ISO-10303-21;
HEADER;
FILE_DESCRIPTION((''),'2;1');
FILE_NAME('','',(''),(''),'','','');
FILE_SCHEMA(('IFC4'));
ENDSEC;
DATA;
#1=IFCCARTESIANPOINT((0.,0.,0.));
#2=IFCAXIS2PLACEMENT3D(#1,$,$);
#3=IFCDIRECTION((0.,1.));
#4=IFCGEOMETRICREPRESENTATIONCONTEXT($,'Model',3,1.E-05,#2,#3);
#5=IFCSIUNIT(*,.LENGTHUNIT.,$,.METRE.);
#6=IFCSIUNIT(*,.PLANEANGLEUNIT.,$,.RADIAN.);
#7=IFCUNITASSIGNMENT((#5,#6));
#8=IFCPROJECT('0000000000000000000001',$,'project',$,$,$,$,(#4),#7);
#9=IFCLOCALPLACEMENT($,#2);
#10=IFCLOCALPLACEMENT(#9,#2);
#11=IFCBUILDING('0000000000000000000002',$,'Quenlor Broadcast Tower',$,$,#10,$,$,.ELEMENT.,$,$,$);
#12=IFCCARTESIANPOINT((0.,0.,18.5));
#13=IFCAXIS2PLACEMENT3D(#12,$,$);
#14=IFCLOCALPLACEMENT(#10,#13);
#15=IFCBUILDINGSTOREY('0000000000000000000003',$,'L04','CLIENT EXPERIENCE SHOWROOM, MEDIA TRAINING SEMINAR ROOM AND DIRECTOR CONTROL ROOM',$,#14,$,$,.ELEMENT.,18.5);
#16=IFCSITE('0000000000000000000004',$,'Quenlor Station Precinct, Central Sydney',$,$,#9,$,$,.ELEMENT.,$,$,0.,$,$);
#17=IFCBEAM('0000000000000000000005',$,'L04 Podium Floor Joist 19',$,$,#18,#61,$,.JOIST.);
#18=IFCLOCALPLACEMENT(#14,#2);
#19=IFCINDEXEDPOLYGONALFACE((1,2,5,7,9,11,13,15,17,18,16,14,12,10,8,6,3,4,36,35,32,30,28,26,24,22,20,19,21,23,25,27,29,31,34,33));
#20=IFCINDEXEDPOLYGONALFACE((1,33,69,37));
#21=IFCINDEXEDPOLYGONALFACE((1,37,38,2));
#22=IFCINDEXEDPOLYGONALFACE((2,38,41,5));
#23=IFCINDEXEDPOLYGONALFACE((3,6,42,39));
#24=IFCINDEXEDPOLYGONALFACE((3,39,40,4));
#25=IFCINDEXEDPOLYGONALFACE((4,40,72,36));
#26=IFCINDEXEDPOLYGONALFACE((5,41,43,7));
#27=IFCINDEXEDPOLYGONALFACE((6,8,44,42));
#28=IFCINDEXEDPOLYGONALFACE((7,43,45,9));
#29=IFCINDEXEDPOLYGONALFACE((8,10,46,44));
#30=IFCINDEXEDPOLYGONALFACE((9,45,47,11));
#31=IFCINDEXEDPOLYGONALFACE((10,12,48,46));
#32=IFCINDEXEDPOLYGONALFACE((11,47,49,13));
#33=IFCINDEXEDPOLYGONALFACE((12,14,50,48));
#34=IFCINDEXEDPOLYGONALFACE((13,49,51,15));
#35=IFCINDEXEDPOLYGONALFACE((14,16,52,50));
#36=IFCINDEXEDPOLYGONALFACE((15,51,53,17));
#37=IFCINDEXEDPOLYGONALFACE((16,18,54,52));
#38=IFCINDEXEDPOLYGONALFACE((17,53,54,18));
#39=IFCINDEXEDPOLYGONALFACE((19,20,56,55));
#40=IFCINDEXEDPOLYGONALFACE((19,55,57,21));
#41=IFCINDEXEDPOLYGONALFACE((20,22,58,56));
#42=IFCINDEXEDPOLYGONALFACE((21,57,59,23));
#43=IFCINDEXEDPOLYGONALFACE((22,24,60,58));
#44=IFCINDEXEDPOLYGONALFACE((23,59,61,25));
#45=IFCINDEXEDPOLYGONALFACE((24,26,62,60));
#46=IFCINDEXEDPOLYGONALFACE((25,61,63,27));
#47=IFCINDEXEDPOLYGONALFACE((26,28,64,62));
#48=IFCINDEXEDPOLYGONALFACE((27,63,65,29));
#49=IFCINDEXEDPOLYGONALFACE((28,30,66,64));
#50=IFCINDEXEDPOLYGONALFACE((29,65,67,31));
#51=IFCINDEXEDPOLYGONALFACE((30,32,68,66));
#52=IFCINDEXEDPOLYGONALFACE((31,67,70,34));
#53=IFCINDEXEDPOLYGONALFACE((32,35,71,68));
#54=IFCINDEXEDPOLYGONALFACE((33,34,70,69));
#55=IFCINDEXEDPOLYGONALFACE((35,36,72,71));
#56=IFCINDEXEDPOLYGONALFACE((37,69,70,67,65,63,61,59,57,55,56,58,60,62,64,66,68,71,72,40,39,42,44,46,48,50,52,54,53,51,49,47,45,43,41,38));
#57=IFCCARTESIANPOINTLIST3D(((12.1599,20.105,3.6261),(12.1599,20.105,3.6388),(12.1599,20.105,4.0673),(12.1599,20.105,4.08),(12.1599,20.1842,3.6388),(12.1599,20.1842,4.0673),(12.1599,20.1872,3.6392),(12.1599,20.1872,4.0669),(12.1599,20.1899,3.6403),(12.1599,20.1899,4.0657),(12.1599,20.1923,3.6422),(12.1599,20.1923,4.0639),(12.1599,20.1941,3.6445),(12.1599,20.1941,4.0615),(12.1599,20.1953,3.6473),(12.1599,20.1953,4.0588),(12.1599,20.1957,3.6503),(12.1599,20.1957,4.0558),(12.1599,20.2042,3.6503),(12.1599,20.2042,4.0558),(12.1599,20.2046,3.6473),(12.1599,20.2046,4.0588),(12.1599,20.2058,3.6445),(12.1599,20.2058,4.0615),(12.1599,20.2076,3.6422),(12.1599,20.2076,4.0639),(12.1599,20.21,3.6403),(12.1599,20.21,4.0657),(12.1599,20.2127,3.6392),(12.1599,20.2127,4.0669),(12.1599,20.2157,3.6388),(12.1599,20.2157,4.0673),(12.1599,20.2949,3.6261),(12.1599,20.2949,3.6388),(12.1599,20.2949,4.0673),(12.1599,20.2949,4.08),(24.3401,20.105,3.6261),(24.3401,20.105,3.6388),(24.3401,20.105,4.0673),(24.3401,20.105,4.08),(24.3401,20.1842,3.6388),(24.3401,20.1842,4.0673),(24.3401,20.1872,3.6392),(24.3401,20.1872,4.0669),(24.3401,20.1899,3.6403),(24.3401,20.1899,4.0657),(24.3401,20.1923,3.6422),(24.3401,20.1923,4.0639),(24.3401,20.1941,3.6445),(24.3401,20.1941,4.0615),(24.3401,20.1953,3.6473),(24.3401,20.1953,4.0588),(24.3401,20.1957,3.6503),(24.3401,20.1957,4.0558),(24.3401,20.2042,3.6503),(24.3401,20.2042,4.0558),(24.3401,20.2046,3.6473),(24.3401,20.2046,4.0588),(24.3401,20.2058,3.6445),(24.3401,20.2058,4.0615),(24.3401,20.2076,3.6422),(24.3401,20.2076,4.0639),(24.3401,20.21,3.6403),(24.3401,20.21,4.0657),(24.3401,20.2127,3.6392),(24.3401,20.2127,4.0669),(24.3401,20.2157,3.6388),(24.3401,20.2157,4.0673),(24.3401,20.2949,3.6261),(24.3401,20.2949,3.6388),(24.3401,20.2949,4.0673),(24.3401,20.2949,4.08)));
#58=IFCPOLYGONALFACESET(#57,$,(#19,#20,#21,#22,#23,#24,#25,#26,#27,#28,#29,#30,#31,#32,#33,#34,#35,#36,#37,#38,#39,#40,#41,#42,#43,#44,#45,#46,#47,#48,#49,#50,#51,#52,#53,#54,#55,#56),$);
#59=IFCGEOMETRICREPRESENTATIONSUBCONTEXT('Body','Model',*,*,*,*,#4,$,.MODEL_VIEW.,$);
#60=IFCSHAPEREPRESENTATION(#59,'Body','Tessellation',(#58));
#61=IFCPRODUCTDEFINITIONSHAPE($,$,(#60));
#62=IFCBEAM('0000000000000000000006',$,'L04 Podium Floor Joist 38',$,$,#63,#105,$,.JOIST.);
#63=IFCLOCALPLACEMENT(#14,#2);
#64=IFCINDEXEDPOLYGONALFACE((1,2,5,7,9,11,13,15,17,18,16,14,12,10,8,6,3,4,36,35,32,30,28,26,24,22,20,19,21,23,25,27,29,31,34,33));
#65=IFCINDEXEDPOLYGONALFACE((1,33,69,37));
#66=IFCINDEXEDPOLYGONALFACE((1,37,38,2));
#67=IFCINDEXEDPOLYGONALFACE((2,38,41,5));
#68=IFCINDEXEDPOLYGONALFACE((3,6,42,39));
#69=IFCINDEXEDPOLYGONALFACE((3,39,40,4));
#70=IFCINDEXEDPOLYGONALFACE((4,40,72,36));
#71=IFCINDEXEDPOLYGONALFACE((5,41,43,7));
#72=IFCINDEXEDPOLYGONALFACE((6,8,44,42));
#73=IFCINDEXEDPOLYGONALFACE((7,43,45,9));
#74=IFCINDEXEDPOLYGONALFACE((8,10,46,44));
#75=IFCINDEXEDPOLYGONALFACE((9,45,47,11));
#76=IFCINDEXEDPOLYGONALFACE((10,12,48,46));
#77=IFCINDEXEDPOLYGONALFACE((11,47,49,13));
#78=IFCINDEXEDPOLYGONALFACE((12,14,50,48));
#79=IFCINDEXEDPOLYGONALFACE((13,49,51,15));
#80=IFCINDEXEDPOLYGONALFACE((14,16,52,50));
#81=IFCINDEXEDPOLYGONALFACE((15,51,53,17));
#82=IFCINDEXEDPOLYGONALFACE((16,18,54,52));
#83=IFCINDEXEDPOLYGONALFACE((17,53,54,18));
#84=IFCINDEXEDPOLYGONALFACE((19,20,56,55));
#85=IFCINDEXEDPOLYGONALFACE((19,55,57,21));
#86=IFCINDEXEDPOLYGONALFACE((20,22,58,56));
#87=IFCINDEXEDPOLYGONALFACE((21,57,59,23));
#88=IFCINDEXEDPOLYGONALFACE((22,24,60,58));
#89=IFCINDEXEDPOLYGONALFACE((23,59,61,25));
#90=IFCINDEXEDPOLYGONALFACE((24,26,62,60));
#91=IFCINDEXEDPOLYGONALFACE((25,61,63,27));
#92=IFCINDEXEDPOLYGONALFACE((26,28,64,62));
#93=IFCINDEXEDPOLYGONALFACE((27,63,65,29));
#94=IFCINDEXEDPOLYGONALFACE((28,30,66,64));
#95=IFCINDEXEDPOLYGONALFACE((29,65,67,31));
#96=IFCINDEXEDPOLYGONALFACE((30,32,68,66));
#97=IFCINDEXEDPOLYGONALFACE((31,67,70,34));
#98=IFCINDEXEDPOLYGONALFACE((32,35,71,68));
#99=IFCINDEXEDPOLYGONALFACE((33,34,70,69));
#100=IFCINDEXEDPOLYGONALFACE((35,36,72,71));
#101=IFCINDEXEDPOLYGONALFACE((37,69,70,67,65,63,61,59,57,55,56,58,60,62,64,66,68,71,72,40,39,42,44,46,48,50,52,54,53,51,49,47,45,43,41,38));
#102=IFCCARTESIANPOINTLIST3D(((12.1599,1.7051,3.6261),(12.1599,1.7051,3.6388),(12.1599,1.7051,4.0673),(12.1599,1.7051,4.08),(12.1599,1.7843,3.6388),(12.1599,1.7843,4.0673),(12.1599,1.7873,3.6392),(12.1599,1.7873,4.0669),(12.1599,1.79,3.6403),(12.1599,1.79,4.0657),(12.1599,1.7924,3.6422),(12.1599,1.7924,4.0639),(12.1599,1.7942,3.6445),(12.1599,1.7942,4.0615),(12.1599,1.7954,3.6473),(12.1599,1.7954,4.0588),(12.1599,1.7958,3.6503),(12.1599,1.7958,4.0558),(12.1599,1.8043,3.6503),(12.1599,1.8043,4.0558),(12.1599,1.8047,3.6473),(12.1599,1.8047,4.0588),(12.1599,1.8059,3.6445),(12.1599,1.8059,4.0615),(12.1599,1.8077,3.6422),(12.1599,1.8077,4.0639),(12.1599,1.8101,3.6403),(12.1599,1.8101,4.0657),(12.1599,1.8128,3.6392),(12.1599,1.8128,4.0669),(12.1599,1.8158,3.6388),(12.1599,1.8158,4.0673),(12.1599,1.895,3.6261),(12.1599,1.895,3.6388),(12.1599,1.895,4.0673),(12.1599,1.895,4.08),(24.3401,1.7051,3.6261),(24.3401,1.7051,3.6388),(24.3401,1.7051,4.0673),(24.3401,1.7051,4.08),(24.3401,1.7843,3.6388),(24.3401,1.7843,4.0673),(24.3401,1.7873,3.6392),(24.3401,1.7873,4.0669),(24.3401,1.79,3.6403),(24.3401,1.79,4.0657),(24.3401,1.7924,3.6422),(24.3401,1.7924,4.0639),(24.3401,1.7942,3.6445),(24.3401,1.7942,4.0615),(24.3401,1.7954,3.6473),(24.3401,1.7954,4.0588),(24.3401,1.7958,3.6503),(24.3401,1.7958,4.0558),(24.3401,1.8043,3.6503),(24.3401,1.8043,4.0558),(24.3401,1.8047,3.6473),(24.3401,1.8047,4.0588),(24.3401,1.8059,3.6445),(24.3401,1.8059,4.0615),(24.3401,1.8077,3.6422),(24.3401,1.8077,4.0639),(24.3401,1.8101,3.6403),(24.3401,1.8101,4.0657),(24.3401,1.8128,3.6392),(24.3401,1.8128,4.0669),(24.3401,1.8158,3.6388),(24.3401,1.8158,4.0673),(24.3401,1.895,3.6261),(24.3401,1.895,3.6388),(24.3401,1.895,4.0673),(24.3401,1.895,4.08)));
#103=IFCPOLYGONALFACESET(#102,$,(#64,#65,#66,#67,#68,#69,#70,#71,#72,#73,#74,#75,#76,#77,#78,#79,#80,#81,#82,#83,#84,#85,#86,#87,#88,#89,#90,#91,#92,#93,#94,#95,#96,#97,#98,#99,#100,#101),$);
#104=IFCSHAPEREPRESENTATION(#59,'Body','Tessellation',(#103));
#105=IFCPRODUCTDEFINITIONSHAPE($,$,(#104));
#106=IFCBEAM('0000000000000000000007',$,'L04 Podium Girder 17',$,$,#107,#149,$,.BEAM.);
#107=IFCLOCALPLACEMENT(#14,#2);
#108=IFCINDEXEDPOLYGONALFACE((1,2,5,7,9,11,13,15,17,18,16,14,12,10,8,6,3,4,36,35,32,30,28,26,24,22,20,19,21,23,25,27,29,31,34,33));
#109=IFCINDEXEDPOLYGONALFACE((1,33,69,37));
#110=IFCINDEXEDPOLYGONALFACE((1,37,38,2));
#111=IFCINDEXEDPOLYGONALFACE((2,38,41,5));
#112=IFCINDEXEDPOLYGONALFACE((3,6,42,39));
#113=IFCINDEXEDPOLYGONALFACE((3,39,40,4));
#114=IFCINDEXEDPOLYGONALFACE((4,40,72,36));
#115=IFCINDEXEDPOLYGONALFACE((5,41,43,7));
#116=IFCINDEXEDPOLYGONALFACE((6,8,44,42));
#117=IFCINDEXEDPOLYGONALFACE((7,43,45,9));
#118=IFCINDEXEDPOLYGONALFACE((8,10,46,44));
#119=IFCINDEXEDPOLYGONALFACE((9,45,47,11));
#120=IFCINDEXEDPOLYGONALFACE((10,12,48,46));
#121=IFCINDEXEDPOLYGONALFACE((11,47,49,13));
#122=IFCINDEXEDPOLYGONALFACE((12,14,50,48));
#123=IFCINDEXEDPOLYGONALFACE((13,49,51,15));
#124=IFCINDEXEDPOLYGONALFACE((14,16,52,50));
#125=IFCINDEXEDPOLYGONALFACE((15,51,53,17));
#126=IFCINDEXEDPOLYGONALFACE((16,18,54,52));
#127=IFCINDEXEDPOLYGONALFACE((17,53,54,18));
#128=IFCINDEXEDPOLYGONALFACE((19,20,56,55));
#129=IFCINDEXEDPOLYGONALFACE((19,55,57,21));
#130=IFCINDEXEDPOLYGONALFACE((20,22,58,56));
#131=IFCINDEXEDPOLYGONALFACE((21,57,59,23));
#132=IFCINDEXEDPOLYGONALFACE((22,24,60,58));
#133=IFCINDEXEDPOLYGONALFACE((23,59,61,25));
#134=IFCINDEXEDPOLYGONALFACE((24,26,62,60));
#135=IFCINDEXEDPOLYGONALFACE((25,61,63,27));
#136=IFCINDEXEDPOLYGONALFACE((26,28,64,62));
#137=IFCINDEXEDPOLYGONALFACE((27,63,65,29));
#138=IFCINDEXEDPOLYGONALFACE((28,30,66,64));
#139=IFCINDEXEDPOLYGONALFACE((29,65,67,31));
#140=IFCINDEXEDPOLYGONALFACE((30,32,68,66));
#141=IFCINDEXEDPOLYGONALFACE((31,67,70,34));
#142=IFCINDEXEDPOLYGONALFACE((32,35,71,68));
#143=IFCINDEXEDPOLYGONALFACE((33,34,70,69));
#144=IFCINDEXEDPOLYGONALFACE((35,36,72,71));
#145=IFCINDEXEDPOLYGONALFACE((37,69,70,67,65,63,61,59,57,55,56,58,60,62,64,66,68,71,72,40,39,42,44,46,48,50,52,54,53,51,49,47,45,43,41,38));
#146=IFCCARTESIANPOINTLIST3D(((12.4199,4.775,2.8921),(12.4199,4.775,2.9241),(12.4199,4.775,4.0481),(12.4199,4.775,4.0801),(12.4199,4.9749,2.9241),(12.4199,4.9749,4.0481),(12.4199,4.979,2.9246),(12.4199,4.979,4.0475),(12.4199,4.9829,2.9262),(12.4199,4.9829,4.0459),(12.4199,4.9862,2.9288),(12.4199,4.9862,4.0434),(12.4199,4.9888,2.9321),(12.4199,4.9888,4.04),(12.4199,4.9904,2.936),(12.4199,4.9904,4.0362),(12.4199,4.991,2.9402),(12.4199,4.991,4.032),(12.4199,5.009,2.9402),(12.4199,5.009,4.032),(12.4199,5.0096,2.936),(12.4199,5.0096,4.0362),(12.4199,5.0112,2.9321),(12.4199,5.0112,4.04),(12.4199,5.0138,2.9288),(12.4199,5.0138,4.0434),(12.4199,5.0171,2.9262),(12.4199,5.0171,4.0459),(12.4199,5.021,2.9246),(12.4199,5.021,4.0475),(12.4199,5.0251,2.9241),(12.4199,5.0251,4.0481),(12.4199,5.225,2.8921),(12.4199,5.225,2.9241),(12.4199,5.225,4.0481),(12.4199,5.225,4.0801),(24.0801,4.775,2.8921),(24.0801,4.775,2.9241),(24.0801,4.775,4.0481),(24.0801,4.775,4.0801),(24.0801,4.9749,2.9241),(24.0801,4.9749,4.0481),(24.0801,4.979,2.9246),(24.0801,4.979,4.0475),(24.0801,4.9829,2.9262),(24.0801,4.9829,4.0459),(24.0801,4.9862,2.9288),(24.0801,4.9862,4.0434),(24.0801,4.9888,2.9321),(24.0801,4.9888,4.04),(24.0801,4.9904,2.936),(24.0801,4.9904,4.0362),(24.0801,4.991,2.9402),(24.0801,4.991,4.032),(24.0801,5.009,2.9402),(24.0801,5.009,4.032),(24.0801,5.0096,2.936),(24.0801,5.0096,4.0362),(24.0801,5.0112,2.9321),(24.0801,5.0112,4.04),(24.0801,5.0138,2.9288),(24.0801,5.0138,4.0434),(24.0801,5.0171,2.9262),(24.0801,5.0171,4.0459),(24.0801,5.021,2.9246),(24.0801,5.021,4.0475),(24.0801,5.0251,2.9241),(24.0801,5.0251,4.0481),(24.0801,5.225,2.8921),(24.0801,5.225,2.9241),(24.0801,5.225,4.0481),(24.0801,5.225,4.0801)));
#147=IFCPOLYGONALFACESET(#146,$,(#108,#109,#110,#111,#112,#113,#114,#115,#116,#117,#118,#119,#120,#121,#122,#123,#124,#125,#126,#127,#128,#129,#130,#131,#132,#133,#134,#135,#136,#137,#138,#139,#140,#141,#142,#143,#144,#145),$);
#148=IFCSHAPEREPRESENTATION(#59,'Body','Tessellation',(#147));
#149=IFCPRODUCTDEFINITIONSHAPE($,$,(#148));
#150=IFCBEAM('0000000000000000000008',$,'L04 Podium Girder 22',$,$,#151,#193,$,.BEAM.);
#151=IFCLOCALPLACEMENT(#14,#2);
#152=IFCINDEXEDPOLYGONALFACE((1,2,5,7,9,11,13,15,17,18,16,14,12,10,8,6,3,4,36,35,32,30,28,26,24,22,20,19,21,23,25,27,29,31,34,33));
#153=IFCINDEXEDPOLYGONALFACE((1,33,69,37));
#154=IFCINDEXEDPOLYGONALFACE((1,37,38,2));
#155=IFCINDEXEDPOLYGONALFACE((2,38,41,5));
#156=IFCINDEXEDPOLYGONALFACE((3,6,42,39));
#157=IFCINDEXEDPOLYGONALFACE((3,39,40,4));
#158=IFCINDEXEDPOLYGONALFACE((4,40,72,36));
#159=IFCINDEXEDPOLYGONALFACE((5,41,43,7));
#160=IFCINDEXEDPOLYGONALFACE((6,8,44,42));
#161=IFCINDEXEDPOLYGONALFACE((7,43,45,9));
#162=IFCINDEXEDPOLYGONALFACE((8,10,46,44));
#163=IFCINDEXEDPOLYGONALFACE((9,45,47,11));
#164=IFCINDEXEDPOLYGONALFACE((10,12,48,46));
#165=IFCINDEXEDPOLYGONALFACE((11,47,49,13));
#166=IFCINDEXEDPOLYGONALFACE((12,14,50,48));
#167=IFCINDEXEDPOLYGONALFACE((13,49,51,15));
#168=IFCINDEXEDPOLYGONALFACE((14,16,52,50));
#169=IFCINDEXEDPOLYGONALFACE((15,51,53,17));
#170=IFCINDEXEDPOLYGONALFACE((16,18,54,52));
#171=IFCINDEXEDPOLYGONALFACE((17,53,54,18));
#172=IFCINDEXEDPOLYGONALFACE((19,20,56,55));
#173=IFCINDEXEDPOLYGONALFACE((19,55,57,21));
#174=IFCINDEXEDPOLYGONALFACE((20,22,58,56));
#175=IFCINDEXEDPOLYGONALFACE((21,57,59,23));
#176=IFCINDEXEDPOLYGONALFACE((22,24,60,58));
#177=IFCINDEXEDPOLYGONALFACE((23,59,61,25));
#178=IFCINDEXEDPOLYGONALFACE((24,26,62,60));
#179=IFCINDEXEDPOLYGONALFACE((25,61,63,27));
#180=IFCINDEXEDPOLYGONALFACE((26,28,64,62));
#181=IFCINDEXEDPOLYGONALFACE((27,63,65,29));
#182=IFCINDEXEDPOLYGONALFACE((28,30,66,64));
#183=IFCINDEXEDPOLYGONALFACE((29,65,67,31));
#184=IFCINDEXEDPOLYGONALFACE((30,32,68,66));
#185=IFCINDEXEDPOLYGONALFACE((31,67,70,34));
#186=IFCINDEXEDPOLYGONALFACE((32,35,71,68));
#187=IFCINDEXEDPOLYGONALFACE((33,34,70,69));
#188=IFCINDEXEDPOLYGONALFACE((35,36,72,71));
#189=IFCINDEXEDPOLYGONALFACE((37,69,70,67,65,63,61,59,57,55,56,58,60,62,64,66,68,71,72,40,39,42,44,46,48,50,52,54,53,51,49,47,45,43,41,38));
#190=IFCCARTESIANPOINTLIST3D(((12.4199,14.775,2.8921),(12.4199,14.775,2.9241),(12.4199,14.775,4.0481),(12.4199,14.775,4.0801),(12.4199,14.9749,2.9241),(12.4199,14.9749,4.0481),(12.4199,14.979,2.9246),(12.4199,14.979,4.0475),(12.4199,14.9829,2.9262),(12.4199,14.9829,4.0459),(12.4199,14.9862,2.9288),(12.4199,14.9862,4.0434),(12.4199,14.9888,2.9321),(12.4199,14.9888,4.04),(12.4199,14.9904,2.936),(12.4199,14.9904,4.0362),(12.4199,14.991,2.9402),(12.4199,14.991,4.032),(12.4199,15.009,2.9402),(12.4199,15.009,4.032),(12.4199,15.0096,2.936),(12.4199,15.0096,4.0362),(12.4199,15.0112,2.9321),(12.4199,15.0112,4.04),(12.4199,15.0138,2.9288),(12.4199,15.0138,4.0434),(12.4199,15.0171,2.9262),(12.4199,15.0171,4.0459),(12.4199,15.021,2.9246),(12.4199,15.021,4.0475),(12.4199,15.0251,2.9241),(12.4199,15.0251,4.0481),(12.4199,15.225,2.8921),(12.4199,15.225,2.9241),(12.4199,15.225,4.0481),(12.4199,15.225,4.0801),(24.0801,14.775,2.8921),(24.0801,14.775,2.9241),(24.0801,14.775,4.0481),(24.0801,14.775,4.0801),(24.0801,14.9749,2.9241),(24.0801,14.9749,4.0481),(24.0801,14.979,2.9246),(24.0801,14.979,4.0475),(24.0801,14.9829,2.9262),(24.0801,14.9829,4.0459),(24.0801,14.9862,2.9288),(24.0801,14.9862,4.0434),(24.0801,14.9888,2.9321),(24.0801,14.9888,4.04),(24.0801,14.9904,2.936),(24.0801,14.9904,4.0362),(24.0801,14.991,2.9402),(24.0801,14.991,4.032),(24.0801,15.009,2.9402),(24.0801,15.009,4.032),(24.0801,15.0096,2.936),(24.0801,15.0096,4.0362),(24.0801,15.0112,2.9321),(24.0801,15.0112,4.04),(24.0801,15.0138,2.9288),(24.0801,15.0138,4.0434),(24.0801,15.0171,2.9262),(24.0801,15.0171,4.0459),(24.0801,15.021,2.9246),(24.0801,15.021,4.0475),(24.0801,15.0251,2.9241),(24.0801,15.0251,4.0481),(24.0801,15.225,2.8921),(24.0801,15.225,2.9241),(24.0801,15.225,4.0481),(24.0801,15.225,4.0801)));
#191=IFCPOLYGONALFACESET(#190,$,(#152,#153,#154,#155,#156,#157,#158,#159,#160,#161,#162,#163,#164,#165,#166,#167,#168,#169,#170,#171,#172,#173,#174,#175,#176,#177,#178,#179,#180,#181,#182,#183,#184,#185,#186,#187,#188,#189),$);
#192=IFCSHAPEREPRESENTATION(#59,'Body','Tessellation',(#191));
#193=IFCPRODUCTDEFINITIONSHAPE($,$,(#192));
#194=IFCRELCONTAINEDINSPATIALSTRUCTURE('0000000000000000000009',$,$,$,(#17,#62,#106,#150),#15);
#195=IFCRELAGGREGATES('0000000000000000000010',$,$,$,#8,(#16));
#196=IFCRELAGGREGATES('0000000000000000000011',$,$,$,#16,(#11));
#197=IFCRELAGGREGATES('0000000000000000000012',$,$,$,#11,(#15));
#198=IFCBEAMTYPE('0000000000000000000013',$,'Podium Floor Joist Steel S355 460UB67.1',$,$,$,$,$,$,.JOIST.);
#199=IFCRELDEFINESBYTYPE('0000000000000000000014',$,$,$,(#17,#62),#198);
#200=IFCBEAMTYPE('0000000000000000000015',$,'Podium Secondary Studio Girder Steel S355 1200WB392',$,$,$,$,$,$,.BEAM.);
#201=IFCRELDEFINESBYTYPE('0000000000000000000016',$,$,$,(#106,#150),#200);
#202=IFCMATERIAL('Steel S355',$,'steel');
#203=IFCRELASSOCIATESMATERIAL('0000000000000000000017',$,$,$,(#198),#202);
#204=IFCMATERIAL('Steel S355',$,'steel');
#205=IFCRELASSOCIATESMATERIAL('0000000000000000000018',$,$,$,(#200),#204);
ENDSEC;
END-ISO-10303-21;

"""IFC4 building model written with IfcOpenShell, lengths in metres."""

from ifc_helpers import new_model, si_unit, direction, frame, origin, origin_2d, place, context, subcontext, project, spatial, i_section, extrude, material, material_profile, profile_set, type_object, element, save


model = new_model("IFC4")

# Units and contexts
model_context = context("Model", 3, precision=1e-05, world=origin(), true_north=direction((0.0, 1.0)))
body_context = subcontext(model_context, "Body", "Model", "MODEL_VIEW")
ifc_project = project(units=[si_unit("LENGTHUNIT", "METRE"), si_unit("PLANEANGLEUNIT", "RADIAN")], contexts=[model_context])

# Site, building, storey
site_placement = place(None, origin())
site = spatial("IfcSite", under=ifc_project, at=site_placement, Name="Quenlor Station Precinct, Central Sydney", CompositionType="ELEMENT", RefElevation=0.0)
building_placement = place(site_placement, origin())
building = spatial("IfcBuilding", under=site, at=building_placement, Name="Quenlor Broadcast Tower", CompositionType="ELEMENT")
storey_placement = place(building_placement, frame((0.0, 0.0, 18.5)))
storey = spatial("IfcBuildingStorey", under=building, at=storey_placement, Name="L04", Description="CLIENT EXPERIENCE SHOWROOM, MEDIA TRAINING SEMINAR ROOM AND DIRECTOR CONTROL ROOM", CompositionType="ELEMENT", Elevation=18.5)

# Beams
ifc_material_1 = material(Name="Steel S355", Category="steel")
ifc_material_profile_1 = material_profile(ifc_material_1, i_section(OverallWidth=0.1899, OverallDepth=0.4539, WebThickness=0.0085, FlangeThickness=0.0127, FilletRadius=0.0115, at=origin_2d()))
ifc_profile_set_1 = profile_set([ifc_material_profile_1], Name="Steel S355 460UB67.1")
beam_type_1 = type_object("IfcBeamType", Name="Podium Floor Joist Steel S355 460UB67.1", PredefinedType="JOIST", material=ifc_profile_set_1)
for number, where, z_axis, x_axis, name in (
    (1, (12.1599, 20.2, 3.853), (1.0, 0.0, 0.0), (0.0, 1.0, 0.0), "L04 Podium Floor Joist 19"),
    (2, (12.1599, 1.8, 3.853), (1.0, 0.0, 0.0), (0.0, 1.0, 0.0), "L04 Podium Floor Joist 38"),
):
    element("IfcBeam", number, at=place(storey_placement, frame(where, z_axis=z_axis, x_axis=x_axis)), inside=storey, type_object=beam_type_1, Name=name, PredefinedType="JOIST", context=body_context, shape_type="SweptSolid", body=[
        extrude(i_section(OverallWidth=0.1899, OverallDepth=0.4539, WebThickness=0.0085, FlangeThickness=0.0127, FilletRadius=0.0115, at=origin_2d()), origin(), (0.0, 0.0, 1.0), 12.1802),
    ])
ifc_material_2 = material(Name="Steel S355", Category="steel")
ifc_material_profile_2 = material_profile(ifc_material_2, i_section(OverallWidth=0.45, OverallDepth=1.188, WebThickness=0.0181, FlangeThickness=0.032, FilletRadius=0.0161, at=origin_2d()))
ifc_profile_set_2 = profile_set([ifc_material_profile_2], Name="Steel S355 1200WB392")
beam_type_2 = type_object("IfcBeamType", Name="Podium Secondary Studio Girder Steel S355 1200WB392", PredefinedType="BEAM", material=ifc_profile_set_2)
for number, where, z_axis, x_axis, name in (
    (3, (12.4199, 5.0, 3.4861), (1.0, 0.0, 0.0), (0.0, 1.0, 0.0), "L04 Podium Girder 17"),
    (4, (12.4199, 15.0, 3.4861), (1.0, 0.0, 0.0), (0.0, 1.0, 0.0), "L04 Podium Girder 22"),
):
    element("IfcBeam", number, at=place(storey_placement, frame(where, z_axis=z_axis, x_axis=x_axis)), inside=storey, type_object=beam_type_2, Name=name, PredefinedType="BEAM", context=body_context, shape_type="SweptSolid", body=[
        extrude(i_section(OverallWidth=0.45, OverallDepth=1.188, WebThickness=0.0181, FlangeThickness=0.032, FilletRadius=0.0161, at=origin_2d()), origin(), (0.0, 0.0, 1.0), 11.6602),
    ])

save(model, "model.ifc")
